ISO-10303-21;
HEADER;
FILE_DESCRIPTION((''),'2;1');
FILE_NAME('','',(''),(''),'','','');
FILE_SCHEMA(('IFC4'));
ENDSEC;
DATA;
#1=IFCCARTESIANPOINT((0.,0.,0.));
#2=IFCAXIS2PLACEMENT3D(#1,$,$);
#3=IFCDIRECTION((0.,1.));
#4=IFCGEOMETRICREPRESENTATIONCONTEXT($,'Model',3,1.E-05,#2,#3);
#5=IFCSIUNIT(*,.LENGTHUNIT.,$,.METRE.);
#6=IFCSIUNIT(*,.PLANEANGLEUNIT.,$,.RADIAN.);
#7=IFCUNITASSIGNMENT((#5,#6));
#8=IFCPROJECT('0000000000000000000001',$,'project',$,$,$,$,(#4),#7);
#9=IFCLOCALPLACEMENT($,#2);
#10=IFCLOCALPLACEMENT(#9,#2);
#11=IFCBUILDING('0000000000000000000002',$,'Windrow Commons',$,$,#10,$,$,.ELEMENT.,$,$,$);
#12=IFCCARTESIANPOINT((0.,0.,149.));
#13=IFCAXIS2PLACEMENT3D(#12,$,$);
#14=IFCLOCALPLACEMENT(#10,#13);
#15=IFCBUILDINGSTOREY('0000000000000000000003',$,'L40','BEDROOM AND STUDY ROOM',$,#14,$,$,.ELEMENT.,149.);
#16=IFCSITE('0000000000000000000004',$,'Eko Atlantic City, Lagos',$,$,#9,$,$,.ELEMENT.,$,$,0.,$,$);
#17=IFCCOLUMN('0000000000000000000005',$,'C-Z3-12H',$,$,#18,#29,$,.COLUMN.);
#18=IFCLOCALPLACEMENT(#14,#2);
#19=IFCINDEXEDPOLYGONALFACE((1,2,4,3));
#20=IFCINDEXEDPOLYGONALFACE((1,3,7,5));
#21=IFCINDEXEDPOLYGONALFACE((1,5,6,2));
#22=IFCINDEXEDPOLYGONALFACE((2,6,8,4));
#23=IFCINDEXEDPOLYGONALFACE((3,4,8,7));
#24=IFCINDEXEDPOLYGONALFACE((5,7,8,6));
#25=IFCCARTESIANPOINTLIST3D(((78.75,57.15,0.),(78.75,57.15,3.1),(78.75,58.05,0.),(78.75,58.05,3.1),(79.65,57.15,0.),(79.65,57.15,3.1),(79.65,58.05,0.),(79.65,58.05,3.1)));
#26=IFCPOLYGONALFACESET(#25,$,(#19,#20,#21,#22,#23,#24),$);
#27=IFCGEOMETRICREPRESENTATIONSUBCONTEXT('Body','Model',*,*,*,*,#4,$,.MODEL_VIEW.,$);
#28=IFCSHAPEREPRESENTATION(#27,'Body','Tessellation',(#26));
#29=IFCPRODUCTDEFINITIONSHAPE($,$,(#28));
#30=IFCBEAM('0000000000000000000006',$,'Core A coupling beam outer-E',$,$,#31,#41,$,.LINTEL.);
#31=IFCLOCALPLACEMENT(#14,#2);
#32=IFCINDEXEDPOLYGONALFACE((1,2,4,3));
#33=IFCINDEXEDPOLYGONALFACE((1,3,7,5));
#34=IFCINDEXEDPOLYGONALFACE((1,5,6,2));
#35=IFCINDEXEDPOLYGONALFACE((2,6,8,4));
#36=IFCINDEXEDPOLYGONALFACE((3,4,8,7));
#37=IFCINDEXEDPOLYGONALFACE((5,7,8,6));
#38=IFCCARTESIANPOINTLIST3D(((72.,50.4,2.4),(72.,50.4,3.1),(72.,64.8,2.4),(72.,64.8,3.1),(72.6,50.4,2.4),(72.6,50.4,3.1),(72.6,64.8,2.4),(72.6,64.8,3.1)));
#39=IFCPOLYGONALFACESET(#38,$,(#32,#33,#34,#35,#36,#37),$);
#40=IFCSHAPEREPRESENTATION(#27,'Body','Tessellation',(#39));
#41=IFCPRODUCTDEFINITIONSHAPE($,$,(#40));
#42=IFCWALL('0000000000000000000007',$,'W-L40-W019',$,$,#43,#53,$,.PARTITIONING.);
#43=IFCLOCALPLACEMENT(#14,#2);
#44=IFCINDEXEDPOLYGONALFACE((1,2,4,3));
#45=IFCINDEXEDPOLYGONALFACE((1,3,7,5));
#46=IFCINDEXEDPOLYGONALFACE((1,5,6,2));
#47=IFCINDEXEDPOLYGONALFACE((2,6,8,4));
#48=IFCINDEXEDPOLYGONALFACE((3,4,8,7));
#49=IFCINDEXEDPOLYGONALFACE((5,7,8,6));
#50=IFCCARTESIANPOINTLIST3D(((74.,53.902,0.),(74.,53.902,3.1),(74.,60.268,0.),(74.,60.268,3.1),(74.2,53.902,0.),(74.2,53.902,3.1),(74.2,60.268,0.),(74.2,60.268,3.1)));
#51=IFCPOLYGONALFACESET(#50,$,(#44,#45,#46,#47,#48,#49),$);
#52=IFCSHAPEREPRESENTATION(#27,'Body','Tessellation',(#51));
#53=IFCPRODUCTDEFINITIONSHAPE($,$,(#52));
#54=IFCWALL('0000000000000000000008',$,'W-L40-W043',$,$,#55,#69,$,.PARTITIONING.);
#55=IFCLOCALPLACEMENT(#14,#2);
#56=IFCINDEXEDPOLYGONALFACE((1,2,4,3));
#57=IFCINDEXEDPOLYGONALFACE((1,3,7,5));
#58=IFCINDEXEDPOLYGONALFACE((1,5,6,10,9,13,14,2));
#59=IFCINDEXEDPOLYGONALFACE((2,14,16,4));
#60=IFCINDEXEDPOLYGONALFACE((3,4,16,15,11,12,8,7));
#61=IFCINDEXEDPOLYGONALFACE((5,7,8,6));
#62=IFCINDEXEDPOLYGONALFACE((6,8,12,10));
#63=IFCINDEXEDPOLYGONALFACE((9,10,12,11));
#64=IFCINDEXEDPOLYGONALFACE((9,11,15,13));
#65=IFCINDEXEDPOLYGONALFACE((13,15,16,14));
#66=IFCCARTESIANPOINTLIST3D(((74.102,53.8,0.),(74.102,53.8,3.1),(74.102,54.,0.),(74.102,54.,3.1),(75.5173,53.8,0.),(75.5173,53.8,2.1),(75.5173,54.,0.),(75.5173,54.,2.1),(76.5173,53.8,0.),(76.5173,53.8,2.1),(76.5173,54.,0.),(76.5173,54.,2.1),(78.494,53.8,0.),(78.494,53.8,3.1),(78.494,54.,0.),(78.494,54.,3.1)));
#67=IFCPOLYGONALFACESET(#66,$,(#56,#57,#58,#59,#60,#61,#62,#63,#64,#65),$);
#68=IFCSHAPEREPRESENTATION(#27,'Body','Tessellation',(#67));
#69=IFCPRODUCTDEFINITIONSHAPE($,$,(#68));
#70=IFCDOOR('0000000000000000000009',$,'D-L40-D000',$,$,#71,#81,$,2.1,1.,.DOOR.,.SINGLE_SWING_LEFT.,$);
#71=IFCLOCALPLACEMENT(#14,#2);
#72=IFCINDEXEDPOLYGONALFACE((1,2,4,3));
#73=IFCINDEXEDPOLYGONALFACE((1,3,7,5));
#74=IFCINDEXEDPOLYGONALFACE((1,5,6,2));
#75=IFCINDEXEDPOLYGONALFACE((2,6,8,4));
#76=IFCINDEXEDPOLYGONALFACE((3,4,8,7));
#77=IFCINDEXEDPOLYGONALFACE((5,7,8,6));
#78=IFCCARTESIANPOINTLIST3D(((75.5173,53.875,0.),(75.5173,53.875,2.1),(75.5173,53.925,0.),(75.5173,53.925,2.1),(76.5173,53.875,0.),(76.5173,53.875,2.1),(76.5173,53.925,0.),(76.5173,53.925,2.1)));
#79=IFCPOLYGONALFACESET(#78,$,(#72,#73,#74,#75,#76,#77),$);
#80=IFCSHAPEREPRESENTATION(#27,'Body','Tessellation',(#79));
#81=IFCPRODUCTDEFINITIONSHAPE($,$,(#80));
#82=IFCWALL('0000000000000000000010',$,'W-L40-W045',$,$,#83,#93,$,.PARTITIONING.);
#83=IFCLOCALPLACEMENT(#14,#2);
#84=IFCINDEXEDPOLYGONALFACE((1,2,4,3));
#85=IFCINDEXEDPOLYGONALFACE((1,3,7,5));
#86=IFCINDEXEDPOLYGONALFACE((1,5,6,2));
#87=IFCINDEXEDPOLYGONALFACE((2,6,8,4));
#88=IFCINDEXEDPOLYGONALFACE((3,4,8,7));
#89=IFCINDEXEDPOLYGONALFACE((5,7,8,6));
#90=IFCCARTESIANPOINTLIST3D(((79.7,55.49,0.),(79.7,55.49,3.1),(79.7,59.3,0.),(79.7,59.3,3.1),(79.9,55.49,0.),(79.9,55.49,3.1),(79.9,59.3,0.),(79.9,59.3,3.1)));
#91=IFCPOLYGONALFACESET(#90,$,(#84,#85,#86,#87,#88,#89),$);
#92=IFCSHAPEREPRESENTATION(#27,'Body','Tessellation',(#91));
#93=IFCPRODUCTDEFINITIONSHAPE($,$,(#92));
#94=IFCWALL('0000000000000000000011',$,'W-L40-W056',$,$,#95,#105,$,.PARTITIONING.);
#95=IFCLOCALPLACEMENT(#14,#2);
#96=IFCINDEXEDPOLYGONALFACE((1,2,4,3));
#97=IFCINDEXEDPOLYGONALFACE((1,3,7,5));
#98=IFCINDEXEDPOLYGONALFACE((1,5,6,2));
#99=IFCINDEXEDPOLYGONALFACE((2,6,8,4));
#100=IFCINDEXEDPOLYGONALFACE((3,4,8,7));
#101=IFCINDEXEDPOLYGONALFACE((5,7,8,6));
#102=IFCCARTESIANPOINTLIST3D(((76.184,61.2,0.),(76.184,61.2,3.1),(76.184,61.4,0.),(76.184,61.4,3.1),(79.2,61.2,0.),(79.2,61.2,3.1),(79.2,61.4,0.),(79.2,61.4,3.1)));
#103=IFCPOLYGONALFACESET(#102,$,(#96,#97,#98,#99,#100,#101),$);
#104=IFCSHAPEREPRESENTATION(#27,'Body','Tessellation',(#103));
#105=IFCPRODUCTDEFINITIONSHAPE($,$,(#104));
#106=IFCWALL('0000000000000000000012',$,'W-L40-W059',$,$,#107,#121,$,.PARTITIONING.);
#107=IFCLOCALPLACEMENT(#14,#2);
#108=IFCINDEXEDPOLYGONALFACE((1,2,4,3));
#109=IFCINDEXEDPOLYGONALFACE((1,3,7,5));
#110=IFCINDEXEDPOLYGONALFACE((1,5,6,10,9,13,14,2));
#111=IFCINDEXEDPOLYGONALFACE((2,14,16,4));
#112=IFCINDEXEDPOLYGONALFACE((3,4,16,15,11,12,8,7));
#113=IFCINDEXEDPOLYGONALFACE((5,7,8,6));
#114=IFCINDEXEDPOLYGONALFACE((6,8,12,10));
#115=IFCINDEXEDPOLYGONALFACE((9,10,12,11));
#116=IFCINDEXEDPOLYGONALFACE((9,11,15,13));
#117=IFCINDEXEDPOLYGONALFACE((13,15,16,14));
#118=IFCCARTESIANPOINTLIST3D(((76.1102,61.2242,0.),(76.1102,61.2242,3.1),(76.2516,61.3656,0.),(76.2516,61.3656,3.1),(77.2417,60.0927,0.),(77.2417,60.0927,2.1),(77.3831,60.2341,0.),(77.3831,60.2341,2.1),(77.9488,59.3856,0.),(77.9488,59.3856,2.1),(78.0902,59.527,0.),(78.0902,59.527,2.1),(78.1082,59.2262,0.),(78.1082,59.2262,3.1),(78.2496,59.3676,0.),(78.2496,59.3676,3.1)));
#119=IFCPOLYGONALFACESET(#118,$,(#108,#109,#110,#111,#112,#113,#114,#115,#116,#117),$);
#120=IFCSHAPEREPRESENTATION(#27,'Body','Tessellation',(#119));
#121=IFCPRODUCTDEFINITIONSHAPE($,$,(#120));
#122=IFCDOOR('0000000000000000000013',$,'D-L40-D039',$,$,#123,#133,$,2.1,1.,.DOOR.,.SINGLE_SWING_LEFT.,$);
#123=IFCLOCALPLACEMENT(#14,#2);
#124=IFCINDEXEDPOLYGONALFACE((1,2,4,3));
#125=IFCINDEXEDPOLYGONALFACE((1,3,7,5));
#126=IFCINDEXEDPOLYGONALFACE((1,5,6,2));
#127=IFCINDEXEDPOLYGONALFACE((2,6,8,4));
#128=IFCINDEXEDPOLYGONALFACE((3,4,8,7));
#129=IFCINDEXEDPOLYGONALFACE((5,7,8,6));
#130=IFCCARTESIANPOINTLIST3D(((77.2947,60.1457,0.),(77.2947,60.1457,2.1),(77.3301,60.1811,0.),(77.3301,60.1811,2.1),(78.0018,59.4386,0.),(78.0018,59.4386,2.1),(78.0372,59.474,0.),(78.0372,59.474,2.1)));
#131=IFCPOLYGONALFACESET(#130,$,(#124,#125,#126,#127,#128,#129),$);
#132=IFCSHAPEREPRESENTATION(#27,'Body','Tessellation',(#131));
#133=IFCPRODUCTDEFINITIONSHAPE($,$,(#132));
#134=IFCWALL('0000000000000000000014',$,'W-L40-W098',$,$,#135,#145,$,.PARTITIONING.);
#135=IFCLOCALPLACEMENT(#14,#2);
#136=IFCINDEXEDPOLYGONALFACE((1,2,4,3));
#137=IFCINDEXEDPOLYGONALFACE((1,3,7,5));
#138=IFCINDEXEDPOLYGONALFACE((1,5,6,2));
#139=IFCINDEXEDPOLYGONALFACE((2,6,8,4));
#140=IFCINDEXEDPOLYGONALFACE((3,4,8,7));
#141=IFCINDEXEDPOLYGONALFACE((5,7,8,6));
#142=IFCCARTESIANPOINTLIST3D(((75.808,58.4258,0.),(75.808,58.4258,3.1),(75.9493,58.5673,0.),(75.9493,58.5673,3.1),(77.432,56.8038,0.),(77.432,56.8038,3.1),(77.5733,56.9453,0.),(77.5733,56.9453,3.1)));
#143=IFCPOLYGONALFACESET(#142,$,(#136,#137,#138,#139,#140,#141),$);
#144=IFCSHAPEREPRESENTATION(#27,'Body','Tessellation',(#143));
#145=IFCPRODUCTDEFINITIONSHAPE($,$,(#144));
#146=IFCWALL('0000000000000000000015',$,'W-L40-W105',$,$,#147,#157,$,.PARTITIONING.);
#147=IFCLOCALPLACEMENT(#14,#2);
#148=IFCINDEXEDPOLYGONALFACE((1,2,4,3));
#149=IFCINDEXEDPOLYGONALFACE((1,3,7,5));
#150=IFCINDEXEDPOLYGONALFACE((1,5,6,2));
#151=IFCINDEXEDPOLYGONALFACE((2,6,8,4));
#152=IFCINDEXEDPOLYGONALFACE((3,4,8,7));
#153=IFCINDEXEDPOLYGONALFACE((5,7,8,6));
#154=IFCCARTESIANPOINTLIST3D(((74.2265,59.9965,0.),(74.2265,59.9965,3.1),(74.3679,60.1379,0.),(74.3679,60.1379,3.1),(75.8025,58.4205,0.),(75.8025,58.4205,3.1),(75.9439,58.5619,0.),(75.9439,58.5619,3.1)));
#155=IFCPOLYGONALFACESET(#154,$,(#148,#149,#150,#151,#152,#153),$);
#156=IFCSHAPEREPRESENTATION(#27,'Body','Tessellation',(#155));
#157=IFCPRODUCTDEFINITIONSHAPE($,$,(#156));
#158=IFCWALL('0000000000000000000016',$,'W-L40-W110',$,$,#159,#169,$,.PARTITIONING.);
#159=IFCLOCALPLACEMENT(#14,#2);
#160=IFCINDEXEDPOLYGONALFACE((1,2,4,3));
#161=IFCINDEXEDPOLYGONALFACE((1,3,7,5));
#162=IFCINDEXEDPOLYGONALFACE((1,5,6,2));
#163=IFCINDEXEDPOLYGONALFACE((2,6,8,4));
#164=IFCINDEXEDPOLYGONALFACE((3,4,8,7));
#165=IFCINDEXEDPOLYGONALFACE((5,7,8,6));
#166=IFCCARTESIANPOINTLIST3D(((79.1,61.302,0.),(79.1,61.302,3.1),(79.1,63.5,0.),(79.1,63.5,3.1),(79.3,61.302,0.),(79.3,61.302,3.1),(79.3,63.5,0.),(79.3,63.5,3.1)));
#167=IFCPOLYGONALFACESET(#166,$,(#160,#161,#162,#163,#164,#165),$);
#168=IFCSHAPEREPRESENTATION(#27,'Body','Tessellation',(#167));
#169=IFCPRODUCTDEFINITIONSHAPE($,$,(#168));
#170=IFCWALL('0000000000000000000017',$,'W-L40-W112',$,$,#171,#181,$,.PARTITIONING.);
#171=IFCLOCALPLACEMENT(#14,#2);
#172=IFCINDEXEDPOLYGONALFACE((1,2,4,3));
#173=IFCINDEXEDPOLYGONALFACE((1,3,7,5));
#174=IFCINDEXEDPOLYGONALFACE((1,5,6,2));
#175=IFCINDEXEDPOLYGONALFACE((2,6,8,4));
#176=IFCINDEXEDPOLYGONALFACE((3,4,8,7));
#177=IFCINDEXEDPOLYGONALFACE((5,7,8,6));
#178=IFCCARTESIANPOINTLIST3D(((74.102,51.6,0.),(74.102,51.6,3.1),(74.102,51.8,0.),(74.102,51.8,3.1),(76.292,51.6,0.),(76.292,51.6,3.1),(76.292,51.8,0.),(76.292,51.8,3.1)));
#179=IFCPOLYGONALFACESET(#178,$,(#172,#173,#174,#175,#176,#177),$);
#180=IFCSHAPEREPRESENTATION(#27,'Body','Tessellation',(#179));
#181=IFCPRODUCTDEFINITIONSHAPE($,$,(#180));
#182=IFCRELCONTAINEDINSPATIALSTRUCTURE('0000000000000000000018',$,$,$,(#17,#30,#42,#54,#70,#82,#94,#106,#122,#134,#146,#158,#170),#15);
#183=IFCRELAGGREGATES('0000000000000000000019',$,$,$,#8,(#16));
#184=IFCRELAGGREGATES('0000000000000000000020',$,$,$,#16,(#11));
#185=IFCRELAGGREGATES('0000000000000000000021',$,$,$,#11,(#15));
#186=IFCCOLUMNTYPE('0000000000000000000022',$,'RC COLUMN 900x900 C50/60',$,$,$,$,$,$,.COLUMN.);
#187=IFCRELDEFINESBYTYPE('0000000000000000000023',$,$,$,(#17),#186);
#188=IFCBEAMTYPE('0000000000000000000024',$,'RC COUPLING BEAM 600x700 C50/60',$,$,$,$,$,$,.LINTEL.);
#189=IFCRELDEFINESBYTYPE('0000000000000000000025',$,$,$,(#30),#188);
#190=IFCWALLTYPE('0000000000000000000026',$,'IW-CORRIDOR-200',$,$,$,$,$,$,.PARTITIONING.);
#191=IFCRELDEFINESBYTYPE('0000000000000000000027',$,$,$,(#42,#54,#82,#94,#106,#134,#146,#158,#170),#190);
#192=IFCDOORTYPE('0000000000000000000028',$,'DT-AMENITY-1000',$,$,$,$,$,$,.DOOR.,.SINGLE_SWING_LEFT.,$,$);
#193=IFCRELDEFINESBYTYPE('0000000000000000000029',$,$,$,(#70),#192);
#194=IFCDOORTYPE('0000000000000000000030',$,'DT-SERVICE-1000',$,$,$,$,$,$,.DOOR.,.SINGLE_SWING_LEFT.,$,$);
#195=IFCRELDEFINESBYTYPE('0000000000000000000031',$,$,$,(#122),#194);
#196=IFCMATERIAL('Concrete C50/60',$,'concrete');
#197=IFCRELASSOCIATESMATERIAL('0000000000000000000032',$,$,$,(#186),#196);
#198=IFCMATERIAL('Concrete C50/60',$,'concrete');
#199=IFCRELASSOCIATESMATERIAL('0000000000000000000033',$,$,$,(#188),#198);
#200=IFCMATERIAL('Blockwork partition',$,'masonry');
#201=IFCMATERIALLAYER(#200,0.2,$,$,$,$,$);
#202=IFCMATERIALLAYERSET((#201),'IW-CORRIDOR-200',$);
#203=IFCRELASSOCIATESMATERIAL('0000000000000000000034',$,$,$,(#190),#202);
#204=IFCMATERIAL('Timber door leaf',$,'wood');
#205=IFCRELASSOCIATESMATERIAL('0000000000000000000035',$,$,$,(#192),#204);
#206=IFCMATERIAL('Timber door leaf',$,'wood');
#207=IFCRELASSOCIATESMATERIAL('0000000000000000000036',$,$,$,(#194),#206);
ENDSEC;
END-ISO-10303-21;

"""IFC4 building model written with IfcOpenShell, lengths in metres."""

from ifc_helpers import new_model, si_unit, direction, frame, frame_2d, origin, origin_2d, place, context, subcontext, project, spatial, rectangle, extrude, material, layer, layer_set, material_profile, profile_set, type_object, element, fill, save


model = new_model("IFC4")

# Units and contexts
model_context = context("Model", 3, precision=1e-05, world=origin(), true_north=direction((0.0, 1.0)))
body_context = subcontext(model_context, "Body", "Model", "MODEL_VIEW")
ifc_project = project(units=[si_unit("LENGTHUNIT", "METRE"), si_unit("PLANEANGLEUNIT", "RADIAN")], contexts=[model_context])

# Site, building, storey
site_placement = place(None, origin())
site = spatial("IfcSite", under=ifc_project, at=site_placement, Name="Eko Atlantic City, Lagos", CompositionType="ELEMENT", RefElevation=0.0)
building_placement = place(site_placement, origin())
building = spatial("IfcBuilding", under=site, at=building_placement, Name="Windrow Commons", CompositionType="ELEMENT")
storey_placement = place(building_placement, frame((0.0, 0.0, 149.0)))
storey = spatial("IfcBuildingStorey", under=building, at=storey_placement, Name="L40", Description="BEDROOM AND STUDY ROOM", CompositionType="ELEMENT", Elevation=149.0)

# Column
ifc_material_1 = material(Name="Concrete C50/60", Category="concrete")
ifc_material_profile_1 = material_profile(ifc_material_1, rectangle(XDim=0.9, YDim=0.9, at=origin_2d()))
ifc_profile_set_1 = profile_set([ifc_material_profile_1], Name="Concrete C50/60")
column_type = type_object("IfcColumnType", Name="RC COLUMN 900x900 C50/60", PredefinedType="COLUMN", material=ifc_profile_set_1)
column_placement = place(storey_placement, frame((79.2, 57.6, 0.0), z_axis=(0.0, 0.0, 1.0), x_axis=(1.0, 0.0, 0.0)))
element("IfcColumn", 1, at=column_placement, inside=storey, type_object=column_type, Name="C-Z3-12H", PredefinedType="COLUMN", context=body_context, shape_type="SweptSolid", body=[
    extrude(rectangle(XDim=0.9, YDim=0.9, at=origin_2d()), origin(), (0.0, 0.0, 1.0), 3.1),
])

# Beam
ifc_material_2 = material(Name="Concrete C50/60", Category="concrete")
ifc_material_profile_2 = material_profile(ifc_material_2, rectangle(XDim=0.6, YDim=0.7, at=origin_2d()))
ifc_profile_set_2 = profile_set([ifc_material_profile_2], Name="Concrete C50/60")
beam_type = type_object("IfcBeamType", Name="RC COUPLING BEAM 600x700 C50/60", PredefinedType="LINTEL", material=ifc_profile_set_2)
beam_placement = place(storey_placement, frame((72.3, 50.4, 2.75), z_axis=(0.0, 1.0, 0.0), x_axis=(-1.0, 0.0, 0.0)))
element("IfcBeam", 2, at=beam_placement, inside=storey, type_object=beam_type, Name="Core A coupling beam outer-E", PredefinedType="LINTEL", context=body_context, shape_type="SweptSolid", body=[
    extrude(rectangle(XDim=0.6, YDim=0.7, at=origin_2d()), origin(), (0.0, 0.0, 1.0), 14.4),
])

# Wall
ifc_material_3 = material(Name="Blockwork partition", Category="masonry")
ifc_layer_1 = layer(ifc_material_3, 0.2)
ifc_layer_set_1 = layer_set([ifc_layer_1], Name="IW-CORRIDOR-200")
wall_type_1 = type_object("IfcWallType", Name="IW-CORRIDOR-200", PredefinedType="PARTITIONING", material=ifc_layer_set_1)
wall_1_placement = place(storey_placement, frame((74.1, 53.902, 0.0), z_axis=(0.0, 0.0, 1.0), x_axis=(0.0, 1.0, 0.0)))
element("IfcWall", 3, at=wall_1_placement, inside=storey, type_object=wall_type_1, Name="W-L40-W019", PredefinedType="PARTITIONING", context=body_context, shape_type="SweptSolid", body=[
    extrude(rectangle(XDim=6.366, YDim=0.2, at=frame_2d((3.183, 0.0))), origin(), (0.0, 0.0, 1.0), 3.1),
])

# Wall, opening, door
wall_2_placement = place(storey_placement, frame((74.102, 53.9, 0.0), z_axis=(0.0, 0.0, 1.0), x_axis=(1.0, 0.0, 0.0)))
wall_2 = element("IfcWall", 4, at=wall_2_placement, inside=storey, type_object=wall_type_1, Name="W-L40-W043", PredefinedType="PARTITIONING", context=body_context, shape_type="SweptSolid", body=[
    extrude(rectangle(XDim=4.392, YDim=0.2, at=frame_2d((2.196, 0.0))), origin(), (0.0, 0.0, 1.0), 3.1),
])
opening_1_placement = place(wall_2_placement, frame((1.4153, 0.0, 0.0)))
opening_1 = element("IfcOpeningElement", 5, at=opening_1_placement, cuts=wall_2, PredefinedType="OPENING", context=body_context, shape_type="SweptSolid", body=[
    extrude(rectangle(XDim=1.0, YDim=2.1, at=frame_2d((0.5, 1.05))), frame((0.0, 0.11, 0.0), z_axis=(0.0, -1.0, 0.0), x_axis=(1.0, 0.0, 0.0)), (0.0, 0.0, 1.0), 0.22),
])
ifc_material_4 = material(Name="Timber door leaf", Category="wood")
door_type_1 = type_object("IfcDoorType", Name="DT-AMENITY-1000", OperationType="SINGLE_SWING_LEFT", PredefinedType="DOOR", material=ifc_material_4)
door_1_placement = place(opening_1_placement, origin())
door_1 = element("IfcDoor", 6, at=door_1_placement, inside=storey, type_object=door_type_1, Name="D-L40-D000", OperationType="SINGLE_SWING_LEFT", OverallHeight=2.1, OverallWidth=1.0, PredefinedType="DOOR", context=body_context, shape_type="SweptSolid", body=[
    extrude(rectangle(XDim=1.0, YDim=2.1, at=frame_2d((0.5, 1.05))), frame((0.0, 0.025, 0.0), z_axis=(0.0, -1.0, 0.0), x_axis=(1.0, 0.0, 0.0)), (0.0, 0.0, 1.0), 0.05),
])
fill(opening_1, door_1)

# Walls
wall_3_placement = place(storey_placement, frame((79.8, 55.49, 0.0), z_axis=(0.0, 0.0, 1.0), x_axis=(0.0, 1.0, 0.0)))
element("IfcWall", 7, at=wall_3_placement, inside=storey, type_object=wall_type_1, Name="W-L40-W045", PredefinedType="PARTITIONING", context=body_context, shape_type="SweptSolid", body=[
    extrude(rectangle(XDim=3.81, YDim=0.2, at=frame_2d((1.905, 0.0))), origin(), (0.0, 0.0, 1.0), 3.1),
])
wall_4_placement = place(storey_placement, frame((76.184, 61.3, 0.0), z_axis=(0.0, 0.0, 1.0), x_axis=(1.0, 0.0, 0.0)))
element("IfcWall", 8, at=wall_4_placement, inside=storey, type_object=wall_type_1, Name="W-L40-W056", PredefinedType="PARTITIONING", context=body_context, shape_type="SweptSolid", body=[
    extrude(rectangle(XDim=3.016, YDim=0.2, at=frame_2d((1.508, 0.0))), origin(), (0.0, 0.0, 1.0), 3.1),
])

# Wall, opening, door
wall_5_placement = place(storey_placement, frame((76.1809, 61.2949, 0.0), z_axis=(0.0, 0.0, 1.0), x_axis=(0.707107, -0.707107, 0.0)))
wall_5 = element("IfcWall", 9, at=wall_5_placement, inside=storey, type_object=wall_type_1, Name="W-L40-W059", PredefinedType="PARTITIONING", context=body_context, shape_type="SweptSolid", body=[
    extrude(rectangle(XDim=2.8256, YDim=0.2, at=frame_2d((1.4128, 0.0))), origin(), (0.0, 0.0, 1.0), 3.1),
])
opening_2_placement = place(wall_5_placement, frame((1.6002, 0.0, 0.0)))
opening_2 = element("IfcOpeningElement", 10, at=opening_2_placement, cuts=wall_5, PredefinedType="OPENING", context=body_context, shape_type="SweptSolid", body=[
    extrude(rectangle(XDim=1.0, YDim=2.1, at=frame_2d((0.5, 1.05))), frame((0.0, 0.11, 0.0), z_axis=(0.0, -1.0, 0.0), x_axis=(1.0, 0.0, 0.0)), (0.0, 0.0, 1.0), 0.22),
])
ifc_material_5 = material(Name="Timber door leaf", Category="wood")
door_type_2 = type_object("IfcDoorType", Name="DT-SERVICE-1000", OperationType="SINGLE_SWING_LEFT", PredefinedType="DOOR", material=ifc_material_5)
door_2_placement = place(opening_2_placement, origin())
door_2 = element("IfcDoor", 11, at=door_2_placement, inside=storey, type_object=door_type_2, Name="D-L40-D039", OperationType="SINGLE_SWING_LEFT", OverallHeight=2.1, OverallWidth=1.0, PredefinedType="DOOR", context=body_context, shape_type="SweptSolid", body=[
    extrude(rectangle(XDim=1.0, YDim=2.1, at=frame_2d((0.5, 1.05))), frame((0.0, 0.025, 0.0), z_axis=(0.0, -1.0, 0.0), x_axis=(1.0, 0.0, 0.0)), (0.0, 0.0, 1.0), 0.05),
])
fill(opening_2, door_2)

# Walls
wall_6_placement = place(storey_placement, frame((75.8786, 58.4966, 0.0), z_axis=(0.0, 0.0, 1.0), x_axis=(0.707542, -0.706671, 0.0)))
element("IfcWall", 12, at=wall_6_placement, inside=storey, type_object=wall_type_1, Name="W-L40-W098", PredefinedType="PARTITIONING", context=body_context, shape_type="SweptSolid", body=[
    extrude(rectangle(XDim=2.2953, YDim=0.2, at=frame_2d((1.1477, 0.0))), origin(), (0.0, 0.0, 1.0), 3.1),
])
wall_7_placement = place(storey_placement, frame((74.2972, 60.0672, 0.0), z_axis=(0.0, 0.0, 1.0), x_axis=(0.707107, -0.707107, 0.0)))
element("IfcWall", 13, at=wall_7_placement, inside=storey, type_object=wall_type_1, Name="W-L40-W105", PredefinedType="PARTITIONING", context=body_context, shape_type="SweptSolid", body=[
    extrude(rectangle(XDim=2.2288, YDim=0.2, at=frame_2d((1.1144, 0.0))), origin(), (0.0, 0.0, 1.0), 3.1),
])
wall_8_placement = place(storey_placement, frame((79.2, 61.302, 0.0), z_axis=(0.0, 0.0, 1.0), x_axis=(0.0, 1.0, 0.0)))
element("IfcWall", 14, at=wall_8_placement, inside=storey, type_object=wall_type_1, Name="W-L40-W110", PredefinedType="PARTITIONING", context=body_context, shape_type="SweptSolid", body=[
    extrude(rectangle(XDim=2.198, YDim=0.2, at=frame_2d((1.099, 0.0))), origin(), (0.0, 0.0, 1.0), 3.1),
])
wall_9_placement = place(storey_placement, frame((74.102, 51.7, 0.0), z_axis=(0.0, 0.0, 1.0), x_axis=(1.0, 0.0, 0.0)))
element("IfcWall", 15, at=wall_9_placement, inside=storey, type_object=wall_type_1, Name="W-L40-W112", PredefinedType="PARTITIONING", context=body_context, shape_type="SweptSolid", body=[
    extrude(rectangle(XDim=2.19, YDim=0.2, at=frame_2d((1.095, 0.0))), origin(), (0.0, 0.0, 1.0), 3.1),
])

save(model, "model.ifc")
